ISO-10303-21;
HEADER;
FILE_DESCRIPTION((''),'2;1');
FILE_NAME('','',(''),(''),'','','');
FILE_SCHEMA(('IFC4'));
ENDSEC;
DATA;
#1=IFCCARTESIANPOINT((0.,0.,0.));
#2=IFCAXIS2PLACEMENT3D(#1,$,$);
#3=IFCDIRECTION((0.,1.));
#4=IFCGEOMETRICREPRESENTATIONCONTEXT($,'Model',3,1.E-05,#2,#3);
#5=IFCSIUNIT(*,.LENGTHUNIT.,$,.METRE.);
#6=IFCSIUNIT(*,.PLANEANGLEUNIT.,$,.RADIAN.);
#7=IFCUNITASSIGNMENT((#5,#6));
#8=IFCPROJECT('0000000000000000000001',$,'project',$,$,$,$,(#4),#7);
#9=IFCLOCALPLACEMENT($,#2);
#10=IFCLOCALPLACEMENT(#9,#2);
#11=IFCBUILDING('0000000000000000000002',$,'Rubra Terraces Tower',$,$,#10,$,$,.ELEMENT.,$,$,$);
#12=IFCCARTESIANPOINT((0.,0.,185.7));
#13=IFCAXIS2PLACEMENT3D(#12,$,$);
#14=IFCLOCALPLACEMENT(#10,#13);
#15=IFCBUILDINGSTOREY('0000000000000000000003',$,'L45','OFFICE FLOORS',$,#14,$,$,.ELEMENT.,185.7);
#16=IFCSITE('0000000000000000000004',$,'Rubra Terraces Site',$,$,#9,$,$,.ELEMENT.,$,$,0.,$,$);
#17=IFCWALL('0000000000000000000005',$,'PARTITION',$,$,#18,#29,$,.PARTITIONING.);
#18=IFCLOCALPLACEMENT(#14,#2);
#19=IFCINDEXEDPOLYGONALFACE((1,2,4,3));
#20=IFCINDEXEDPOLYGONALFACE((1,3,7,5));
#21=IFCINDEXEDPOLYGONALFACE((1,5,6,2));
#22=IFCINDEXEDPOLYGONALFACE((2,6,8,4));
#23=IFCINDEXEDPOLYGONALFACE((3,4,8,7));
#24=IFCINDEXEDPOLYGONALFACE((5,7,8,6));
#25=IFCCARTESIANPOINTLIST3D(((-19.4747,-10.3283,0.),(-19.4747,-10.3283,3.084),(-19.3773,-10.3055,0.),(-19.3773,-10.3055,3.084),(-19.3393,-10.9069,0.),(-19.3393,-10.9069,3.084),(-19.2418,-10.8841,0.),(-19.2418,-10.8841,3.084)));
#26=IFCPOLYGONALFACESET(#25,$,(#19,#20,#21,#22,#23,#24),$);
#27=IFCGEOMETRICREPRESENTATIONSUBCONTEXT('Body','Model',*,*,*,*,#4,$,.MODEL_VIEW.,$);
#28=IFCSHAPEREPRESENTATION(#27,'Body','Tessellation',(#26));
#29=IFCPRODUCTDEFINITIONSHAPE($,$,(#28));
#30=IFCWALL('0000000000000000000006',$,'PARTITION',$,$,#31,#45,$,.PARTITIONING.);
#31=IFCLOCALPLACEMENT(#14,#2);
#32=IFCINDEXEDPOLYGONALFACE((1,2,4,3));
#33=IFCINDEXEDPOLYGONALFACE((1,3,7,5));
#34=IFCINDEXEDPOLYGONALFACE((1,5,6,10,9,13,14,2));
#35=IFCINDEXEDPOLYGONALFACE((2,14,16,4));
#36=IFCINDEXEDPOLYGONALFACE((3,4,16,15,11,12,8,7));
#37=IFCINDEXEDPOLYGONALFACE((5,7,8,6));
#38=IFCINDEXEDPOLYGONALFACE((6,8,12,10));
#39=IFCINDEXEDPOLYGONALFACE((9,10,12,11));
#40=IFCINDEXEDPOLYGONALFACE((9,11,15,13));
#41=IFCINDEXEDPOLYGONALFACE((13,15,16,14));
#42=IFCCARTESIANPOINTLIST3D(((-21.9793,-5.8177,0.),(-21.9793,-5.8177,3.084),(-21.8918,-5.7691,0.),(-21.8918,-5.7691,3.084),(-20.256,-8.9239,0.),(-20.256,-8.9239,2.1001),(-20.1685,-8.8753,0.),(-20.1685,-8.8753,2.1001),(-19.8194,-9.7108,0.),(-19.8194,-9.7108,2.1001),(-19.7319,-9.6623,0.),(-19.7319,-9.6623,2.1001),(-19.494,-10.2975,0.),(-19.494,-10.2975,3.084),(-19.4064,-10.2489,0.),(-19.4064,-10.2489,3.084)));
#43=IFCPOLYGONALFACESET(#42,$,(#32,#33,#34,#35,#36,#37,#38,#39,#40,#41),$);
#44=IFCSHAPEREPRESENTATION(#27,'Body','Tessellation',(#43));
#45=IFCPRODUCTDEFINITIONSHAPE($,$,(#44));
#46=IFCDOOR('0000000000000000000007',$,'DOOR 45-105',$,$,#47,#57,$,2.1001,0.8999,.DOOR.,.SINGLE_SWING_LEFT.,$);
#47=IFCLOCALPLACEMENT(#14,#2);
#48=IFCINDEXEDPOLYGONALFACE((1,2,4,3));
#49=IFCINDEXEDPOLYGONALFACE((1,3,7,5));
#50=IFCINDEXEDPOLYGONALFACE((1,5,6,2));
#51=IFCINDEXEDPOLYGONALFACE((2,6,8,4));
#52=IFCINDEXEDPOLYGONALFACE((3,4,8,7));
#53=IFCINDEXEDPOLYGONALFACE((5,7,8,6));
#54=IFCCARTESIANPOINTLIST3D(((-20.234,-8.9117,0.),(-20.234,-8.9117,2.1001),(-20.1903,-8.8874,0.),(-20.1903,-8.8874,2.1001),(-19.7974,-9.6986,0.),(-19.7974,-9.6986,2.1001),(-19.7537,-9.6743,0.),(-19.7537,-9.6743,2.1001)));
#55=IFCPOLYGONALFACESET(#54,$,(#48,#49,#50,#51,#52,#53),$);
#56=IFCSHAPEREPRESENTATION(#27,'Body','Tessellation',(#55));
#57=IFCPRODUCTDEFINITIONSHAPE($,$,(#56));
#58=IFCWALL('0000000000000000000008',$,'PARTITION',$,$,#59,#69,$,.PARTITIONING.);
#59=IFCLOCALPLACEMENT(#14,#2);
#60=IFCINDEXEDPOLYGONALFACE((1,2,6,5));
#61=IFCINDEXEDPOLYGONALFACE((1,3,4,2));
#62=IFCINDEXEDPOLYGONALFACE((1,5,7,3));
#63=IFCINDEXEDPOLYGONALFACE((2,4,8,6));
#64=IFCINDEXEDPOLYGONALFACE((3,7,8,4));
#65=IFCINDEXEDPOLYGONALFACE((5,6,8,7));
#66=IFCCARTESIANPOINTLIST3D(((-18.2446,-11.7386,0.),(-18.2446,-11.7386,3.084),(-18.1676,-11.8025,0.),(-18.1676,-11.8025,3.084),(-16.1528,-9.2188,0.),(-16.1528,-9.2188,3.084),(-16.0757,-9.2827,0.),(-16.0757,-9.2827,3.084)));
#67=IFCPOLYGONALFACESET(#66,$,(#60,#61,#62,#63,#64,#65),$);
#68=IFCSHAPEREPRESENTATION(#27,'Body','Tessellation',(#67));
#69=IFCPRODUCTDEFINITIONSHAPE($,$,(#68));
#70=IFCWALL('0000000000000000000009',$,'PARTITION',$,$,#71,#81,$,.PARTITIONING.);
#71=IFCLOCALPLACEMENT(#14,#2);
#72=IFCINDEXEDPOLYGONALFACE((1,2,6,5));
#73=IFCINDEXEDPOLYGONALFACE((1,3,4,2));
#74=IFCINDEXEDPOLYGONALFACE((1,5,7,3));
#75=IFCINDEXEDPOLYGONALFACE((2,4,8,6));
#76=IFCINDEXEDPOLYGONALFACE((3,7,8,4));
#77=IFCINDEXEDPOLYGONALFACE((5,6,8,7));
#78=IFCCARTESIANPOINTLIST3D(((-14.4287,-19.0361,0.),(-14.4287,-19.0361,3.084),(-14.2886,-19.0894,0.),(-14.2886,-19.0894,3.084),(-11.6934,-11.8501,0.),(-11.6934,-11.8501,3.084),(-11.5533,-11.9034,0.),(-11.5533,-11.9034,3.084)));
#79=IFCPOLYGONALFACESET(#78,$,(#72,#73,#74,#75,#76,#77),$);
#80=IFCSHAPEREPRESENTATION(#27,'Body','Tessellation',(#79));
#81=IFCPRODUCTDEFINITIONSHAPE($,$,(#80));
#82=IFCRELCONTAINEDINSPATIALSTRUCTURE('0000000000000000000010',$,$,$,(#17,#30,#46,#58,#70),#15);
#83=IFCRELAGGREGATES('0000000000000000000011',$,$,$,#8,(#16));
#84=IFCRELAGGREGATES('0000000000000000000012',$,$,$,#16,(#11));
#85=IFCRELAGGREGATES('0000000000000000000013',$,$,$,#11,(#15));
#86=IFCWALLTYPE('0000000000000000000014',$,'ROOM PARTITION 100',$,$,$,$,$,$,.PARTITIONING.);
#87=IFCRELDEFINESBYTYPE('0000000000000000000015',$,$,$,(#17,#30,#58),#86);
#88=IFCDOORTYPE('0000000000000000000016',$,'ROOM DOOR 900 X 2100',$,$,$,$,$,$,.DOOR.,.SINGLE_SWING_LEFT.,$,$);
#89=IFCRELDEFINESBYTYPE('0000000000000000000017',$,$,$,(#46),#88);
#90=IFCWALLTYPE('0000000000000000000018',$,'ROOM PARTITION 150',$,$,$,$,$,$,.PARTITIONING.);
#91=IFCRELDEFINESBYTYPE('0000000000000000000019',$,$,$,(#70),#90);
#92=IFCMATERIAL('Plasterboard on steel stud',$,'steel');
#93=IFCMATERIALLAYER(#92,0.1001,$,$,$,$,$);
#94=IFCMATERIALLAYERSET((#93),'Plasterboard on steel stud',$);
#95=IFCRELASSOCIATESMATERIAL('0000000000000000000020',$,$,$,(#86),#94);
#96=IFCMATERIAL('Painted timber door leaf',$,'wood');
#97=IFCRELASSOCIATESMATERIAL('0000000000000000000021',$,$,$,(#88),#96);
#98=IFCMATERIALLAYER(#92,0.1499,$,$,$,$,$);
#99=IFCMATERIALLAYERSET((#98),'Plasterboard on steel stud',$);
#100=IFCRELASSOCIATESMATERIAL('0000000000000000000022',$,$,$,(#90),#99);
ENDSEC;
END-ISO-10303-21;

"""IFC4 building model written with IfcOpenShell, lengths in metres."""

from ifc_helpers import new_model, si_unit, direction, frame, frame_2d, origin, place, context, subcontext, project, spatial, rectangle, extrude, material, layer, layer_set, type_object, element, fill, save


model = new_model("IFC4")

# Units and contexts
model_context = context("Model", 3, precision=1e-05, world=origin(), true_north=direction((0.0, 1.0)))
body_context = subcontext(model_context, "Body", "Model", "MODEL_VIEW")
ifc_project = project(units=[si_unit("LENGTHUNIT", "METRE"), si_unit("PLANEANGLEUNIT", "RADIAN")], contexts=[model_context])

# Site, building, storey
site_placement = place(None, origin())
site = spatial("IfcSite", under=ifc_project, at=site_placement, Name="Rubra Terraces Site", CompositionType="ELEMENT", RefElevation=0.0)
building_placement = place(site_placement, origin())
building = spatial("IfcBuilding", under=site, at=building_placement, Name="Rubra Terraces Tower", CompositionType="ELEMENT")
storey_placement = place(building_placement, frame((0.0, 0.0, 185.7)))
storey = spatial("IfcBuildingStorey", under=building, at=storey_placement, Name="L45", Description="OFFICE FLOORS", CompositionType="ELEMENT", Elevation=185.7)

# Wall
ifc_material_1 = material(Name="Plasterboard on steel stud", Category="steel")
ifc_layer_1 = layer(ifc_material_1, 0.1001)
ifc_layer_set_1 = layer_set([ifc_layer_1], Name="Plasterboard on steel stud")
wall_type_1 = type_object("IfcWallType", Name="ROOM PARTITION 100", PredefinedType="PARTITIONING", material=ifc_layer_set_1)
wall_1_placement = place(storey_placement, frame((-19.2905, -10.8955, 0.0), z_axis=(0.0, 0.0, 1.0), x_axis=(-0.228009, 0.973659, 0.0)))
element("IfcWall", 1, at=wall_1_placement, inside=storey, type_object=wall_type_1, Name="PARTITION", PredefinedType="PARTITIONING", context=body_context, shape_type="SweptSolid", body=[
    extrude(rectangle(XDim=0.5942, YDim=0.1001, at=frame_2d((0.2971, 0.0))), origin(), (0.0, 0.0, 1.0), 3.084),
])

# Wall, opening, door
wall_2_placement = place(storey_placement, frame((-19.4502, -10.2732, 0.0), z_axis=(0.0, 0.0, 1.0), x_axis=(-0.485137, 0.874438, 0.0)))
wall_2 = element("IfcWall", 2, at=wall_2_placement, inside=storey, type_object=wall_type_1, Name="PARTITION", PredefinedType="PARTITIONING", context=body_context, shape_type="SweptSolid", body=[
    extrude(rectangle(XDim=5.123, YDim=0.1001, at=frame_2d((2.5615, 0.0))), origin(), (0.0, 0.0, 1.0), 3.084),
])
opening_1_placement = place(wall_2_placement, frame((0.6709, 0.0, 0.0)))
opening_1 = element("IfcOpeningElement", 3, at=opening_1_placement, cuts=wall_2, PredefinedType="OPENING", context=body_context, shape_type="SweptSolid", body=[
    extrude(rectangle(XDim=0.8999, YDim=2.1001, at=frame_2d((0.45, 1.05))), frame((0.0, 0.0601, 0.0), z_axis=(0.0, -1.0, 0.0), x_axis=(1.0, 0.0, 0.0)), (0.0, 0.0, 1.0), 0.1201),
])
ifc_material_2 = material(Name="Painted timber door leaf", Category="wood")
door_type = type_object("IfcDoorType", Name="ROOM DOOR 900 X 2100", OperationType="SINGLE_SWING_LEFT", PredefinedType="DOOR", material=ifc_material_2)
door_placement = place(opening_1_placement, origin())
door = element("IfcDoor", 4, at=door_placement, inside=storey, type_object=door_type, Name="DOOR 45-105", OperationType="SINGLE_SWING_LEFT", OverallHeight=2.1001, OverallWidth=0.8999, PredefinedType="DOOR", context=body_context, shape_type="SweptSolid", body=[
    extrude(rectangle(XDim=0.8999, YDim=2.1001, at=frame_2d((0.45, 1.05))), frame((0.0, 0.0249, 0.0), z_axis=(0.0, -1.0, 0.0), x_axis=(1.0, 0.0, 0.0)), (0.0, 0.0, 1.0), 0.05),
])
fill(opening_1, door)

# Walls
wall_3_placement = place(storey_placement, frame((-16.1143, -9.2507, 0.0), z_axis=(0.0, 0.0, 1.0), x_axis=(-0.638739, -0.769424, 0.0)))
element("IfcWall", 5, at=wall_3_placement, inside=storey, type_object=wall_type_1, Name="PARTITION", PredefinedType="PARTITIONING", context=body_context, shape_type="SweptSolid", body=[
    extrude(rectangle(XDim=3.2749, YDim=0.1001, at=frame_2d((1.6375, 0.0))), origin(), (0.0, 0.0, 1.0), 3.084),
])
ifc_layer_2 = layer(ifc_material_1, 0.1499)
ifc_layer_set_2 = layer_set([ifc_layer_2], Name="Plasterboard on steel stud")
wall_type_2 = type_object("IfcWallType", Name="ROOM PARTITION 150", PredefinedType="PARTITIONING", material=ifc_layer_set_2)
wall_4_placement = place(storey_placement, frame((-14.3586, -19.0627, 0.0), z_axis=(0.0, 0.0, 1.0), x_axis=(0.355747, 0.934582, 0.0)))
element("IfcWall", 6, at=wall_4_placement, inside=storey, type_object=wall_type_2, Name="PARTITION", PredefinedType="PARTITIONING", context=body_context, shape_type="SweptSolid", body=[
    extrude(rectangle(XDim=7.689, YDim=0.1499, at=frame_2d((3.8445, 0.0))), origin(), (0.0, 0.0, 1.0), 3.084),
])

save(model, "model.ifc")
